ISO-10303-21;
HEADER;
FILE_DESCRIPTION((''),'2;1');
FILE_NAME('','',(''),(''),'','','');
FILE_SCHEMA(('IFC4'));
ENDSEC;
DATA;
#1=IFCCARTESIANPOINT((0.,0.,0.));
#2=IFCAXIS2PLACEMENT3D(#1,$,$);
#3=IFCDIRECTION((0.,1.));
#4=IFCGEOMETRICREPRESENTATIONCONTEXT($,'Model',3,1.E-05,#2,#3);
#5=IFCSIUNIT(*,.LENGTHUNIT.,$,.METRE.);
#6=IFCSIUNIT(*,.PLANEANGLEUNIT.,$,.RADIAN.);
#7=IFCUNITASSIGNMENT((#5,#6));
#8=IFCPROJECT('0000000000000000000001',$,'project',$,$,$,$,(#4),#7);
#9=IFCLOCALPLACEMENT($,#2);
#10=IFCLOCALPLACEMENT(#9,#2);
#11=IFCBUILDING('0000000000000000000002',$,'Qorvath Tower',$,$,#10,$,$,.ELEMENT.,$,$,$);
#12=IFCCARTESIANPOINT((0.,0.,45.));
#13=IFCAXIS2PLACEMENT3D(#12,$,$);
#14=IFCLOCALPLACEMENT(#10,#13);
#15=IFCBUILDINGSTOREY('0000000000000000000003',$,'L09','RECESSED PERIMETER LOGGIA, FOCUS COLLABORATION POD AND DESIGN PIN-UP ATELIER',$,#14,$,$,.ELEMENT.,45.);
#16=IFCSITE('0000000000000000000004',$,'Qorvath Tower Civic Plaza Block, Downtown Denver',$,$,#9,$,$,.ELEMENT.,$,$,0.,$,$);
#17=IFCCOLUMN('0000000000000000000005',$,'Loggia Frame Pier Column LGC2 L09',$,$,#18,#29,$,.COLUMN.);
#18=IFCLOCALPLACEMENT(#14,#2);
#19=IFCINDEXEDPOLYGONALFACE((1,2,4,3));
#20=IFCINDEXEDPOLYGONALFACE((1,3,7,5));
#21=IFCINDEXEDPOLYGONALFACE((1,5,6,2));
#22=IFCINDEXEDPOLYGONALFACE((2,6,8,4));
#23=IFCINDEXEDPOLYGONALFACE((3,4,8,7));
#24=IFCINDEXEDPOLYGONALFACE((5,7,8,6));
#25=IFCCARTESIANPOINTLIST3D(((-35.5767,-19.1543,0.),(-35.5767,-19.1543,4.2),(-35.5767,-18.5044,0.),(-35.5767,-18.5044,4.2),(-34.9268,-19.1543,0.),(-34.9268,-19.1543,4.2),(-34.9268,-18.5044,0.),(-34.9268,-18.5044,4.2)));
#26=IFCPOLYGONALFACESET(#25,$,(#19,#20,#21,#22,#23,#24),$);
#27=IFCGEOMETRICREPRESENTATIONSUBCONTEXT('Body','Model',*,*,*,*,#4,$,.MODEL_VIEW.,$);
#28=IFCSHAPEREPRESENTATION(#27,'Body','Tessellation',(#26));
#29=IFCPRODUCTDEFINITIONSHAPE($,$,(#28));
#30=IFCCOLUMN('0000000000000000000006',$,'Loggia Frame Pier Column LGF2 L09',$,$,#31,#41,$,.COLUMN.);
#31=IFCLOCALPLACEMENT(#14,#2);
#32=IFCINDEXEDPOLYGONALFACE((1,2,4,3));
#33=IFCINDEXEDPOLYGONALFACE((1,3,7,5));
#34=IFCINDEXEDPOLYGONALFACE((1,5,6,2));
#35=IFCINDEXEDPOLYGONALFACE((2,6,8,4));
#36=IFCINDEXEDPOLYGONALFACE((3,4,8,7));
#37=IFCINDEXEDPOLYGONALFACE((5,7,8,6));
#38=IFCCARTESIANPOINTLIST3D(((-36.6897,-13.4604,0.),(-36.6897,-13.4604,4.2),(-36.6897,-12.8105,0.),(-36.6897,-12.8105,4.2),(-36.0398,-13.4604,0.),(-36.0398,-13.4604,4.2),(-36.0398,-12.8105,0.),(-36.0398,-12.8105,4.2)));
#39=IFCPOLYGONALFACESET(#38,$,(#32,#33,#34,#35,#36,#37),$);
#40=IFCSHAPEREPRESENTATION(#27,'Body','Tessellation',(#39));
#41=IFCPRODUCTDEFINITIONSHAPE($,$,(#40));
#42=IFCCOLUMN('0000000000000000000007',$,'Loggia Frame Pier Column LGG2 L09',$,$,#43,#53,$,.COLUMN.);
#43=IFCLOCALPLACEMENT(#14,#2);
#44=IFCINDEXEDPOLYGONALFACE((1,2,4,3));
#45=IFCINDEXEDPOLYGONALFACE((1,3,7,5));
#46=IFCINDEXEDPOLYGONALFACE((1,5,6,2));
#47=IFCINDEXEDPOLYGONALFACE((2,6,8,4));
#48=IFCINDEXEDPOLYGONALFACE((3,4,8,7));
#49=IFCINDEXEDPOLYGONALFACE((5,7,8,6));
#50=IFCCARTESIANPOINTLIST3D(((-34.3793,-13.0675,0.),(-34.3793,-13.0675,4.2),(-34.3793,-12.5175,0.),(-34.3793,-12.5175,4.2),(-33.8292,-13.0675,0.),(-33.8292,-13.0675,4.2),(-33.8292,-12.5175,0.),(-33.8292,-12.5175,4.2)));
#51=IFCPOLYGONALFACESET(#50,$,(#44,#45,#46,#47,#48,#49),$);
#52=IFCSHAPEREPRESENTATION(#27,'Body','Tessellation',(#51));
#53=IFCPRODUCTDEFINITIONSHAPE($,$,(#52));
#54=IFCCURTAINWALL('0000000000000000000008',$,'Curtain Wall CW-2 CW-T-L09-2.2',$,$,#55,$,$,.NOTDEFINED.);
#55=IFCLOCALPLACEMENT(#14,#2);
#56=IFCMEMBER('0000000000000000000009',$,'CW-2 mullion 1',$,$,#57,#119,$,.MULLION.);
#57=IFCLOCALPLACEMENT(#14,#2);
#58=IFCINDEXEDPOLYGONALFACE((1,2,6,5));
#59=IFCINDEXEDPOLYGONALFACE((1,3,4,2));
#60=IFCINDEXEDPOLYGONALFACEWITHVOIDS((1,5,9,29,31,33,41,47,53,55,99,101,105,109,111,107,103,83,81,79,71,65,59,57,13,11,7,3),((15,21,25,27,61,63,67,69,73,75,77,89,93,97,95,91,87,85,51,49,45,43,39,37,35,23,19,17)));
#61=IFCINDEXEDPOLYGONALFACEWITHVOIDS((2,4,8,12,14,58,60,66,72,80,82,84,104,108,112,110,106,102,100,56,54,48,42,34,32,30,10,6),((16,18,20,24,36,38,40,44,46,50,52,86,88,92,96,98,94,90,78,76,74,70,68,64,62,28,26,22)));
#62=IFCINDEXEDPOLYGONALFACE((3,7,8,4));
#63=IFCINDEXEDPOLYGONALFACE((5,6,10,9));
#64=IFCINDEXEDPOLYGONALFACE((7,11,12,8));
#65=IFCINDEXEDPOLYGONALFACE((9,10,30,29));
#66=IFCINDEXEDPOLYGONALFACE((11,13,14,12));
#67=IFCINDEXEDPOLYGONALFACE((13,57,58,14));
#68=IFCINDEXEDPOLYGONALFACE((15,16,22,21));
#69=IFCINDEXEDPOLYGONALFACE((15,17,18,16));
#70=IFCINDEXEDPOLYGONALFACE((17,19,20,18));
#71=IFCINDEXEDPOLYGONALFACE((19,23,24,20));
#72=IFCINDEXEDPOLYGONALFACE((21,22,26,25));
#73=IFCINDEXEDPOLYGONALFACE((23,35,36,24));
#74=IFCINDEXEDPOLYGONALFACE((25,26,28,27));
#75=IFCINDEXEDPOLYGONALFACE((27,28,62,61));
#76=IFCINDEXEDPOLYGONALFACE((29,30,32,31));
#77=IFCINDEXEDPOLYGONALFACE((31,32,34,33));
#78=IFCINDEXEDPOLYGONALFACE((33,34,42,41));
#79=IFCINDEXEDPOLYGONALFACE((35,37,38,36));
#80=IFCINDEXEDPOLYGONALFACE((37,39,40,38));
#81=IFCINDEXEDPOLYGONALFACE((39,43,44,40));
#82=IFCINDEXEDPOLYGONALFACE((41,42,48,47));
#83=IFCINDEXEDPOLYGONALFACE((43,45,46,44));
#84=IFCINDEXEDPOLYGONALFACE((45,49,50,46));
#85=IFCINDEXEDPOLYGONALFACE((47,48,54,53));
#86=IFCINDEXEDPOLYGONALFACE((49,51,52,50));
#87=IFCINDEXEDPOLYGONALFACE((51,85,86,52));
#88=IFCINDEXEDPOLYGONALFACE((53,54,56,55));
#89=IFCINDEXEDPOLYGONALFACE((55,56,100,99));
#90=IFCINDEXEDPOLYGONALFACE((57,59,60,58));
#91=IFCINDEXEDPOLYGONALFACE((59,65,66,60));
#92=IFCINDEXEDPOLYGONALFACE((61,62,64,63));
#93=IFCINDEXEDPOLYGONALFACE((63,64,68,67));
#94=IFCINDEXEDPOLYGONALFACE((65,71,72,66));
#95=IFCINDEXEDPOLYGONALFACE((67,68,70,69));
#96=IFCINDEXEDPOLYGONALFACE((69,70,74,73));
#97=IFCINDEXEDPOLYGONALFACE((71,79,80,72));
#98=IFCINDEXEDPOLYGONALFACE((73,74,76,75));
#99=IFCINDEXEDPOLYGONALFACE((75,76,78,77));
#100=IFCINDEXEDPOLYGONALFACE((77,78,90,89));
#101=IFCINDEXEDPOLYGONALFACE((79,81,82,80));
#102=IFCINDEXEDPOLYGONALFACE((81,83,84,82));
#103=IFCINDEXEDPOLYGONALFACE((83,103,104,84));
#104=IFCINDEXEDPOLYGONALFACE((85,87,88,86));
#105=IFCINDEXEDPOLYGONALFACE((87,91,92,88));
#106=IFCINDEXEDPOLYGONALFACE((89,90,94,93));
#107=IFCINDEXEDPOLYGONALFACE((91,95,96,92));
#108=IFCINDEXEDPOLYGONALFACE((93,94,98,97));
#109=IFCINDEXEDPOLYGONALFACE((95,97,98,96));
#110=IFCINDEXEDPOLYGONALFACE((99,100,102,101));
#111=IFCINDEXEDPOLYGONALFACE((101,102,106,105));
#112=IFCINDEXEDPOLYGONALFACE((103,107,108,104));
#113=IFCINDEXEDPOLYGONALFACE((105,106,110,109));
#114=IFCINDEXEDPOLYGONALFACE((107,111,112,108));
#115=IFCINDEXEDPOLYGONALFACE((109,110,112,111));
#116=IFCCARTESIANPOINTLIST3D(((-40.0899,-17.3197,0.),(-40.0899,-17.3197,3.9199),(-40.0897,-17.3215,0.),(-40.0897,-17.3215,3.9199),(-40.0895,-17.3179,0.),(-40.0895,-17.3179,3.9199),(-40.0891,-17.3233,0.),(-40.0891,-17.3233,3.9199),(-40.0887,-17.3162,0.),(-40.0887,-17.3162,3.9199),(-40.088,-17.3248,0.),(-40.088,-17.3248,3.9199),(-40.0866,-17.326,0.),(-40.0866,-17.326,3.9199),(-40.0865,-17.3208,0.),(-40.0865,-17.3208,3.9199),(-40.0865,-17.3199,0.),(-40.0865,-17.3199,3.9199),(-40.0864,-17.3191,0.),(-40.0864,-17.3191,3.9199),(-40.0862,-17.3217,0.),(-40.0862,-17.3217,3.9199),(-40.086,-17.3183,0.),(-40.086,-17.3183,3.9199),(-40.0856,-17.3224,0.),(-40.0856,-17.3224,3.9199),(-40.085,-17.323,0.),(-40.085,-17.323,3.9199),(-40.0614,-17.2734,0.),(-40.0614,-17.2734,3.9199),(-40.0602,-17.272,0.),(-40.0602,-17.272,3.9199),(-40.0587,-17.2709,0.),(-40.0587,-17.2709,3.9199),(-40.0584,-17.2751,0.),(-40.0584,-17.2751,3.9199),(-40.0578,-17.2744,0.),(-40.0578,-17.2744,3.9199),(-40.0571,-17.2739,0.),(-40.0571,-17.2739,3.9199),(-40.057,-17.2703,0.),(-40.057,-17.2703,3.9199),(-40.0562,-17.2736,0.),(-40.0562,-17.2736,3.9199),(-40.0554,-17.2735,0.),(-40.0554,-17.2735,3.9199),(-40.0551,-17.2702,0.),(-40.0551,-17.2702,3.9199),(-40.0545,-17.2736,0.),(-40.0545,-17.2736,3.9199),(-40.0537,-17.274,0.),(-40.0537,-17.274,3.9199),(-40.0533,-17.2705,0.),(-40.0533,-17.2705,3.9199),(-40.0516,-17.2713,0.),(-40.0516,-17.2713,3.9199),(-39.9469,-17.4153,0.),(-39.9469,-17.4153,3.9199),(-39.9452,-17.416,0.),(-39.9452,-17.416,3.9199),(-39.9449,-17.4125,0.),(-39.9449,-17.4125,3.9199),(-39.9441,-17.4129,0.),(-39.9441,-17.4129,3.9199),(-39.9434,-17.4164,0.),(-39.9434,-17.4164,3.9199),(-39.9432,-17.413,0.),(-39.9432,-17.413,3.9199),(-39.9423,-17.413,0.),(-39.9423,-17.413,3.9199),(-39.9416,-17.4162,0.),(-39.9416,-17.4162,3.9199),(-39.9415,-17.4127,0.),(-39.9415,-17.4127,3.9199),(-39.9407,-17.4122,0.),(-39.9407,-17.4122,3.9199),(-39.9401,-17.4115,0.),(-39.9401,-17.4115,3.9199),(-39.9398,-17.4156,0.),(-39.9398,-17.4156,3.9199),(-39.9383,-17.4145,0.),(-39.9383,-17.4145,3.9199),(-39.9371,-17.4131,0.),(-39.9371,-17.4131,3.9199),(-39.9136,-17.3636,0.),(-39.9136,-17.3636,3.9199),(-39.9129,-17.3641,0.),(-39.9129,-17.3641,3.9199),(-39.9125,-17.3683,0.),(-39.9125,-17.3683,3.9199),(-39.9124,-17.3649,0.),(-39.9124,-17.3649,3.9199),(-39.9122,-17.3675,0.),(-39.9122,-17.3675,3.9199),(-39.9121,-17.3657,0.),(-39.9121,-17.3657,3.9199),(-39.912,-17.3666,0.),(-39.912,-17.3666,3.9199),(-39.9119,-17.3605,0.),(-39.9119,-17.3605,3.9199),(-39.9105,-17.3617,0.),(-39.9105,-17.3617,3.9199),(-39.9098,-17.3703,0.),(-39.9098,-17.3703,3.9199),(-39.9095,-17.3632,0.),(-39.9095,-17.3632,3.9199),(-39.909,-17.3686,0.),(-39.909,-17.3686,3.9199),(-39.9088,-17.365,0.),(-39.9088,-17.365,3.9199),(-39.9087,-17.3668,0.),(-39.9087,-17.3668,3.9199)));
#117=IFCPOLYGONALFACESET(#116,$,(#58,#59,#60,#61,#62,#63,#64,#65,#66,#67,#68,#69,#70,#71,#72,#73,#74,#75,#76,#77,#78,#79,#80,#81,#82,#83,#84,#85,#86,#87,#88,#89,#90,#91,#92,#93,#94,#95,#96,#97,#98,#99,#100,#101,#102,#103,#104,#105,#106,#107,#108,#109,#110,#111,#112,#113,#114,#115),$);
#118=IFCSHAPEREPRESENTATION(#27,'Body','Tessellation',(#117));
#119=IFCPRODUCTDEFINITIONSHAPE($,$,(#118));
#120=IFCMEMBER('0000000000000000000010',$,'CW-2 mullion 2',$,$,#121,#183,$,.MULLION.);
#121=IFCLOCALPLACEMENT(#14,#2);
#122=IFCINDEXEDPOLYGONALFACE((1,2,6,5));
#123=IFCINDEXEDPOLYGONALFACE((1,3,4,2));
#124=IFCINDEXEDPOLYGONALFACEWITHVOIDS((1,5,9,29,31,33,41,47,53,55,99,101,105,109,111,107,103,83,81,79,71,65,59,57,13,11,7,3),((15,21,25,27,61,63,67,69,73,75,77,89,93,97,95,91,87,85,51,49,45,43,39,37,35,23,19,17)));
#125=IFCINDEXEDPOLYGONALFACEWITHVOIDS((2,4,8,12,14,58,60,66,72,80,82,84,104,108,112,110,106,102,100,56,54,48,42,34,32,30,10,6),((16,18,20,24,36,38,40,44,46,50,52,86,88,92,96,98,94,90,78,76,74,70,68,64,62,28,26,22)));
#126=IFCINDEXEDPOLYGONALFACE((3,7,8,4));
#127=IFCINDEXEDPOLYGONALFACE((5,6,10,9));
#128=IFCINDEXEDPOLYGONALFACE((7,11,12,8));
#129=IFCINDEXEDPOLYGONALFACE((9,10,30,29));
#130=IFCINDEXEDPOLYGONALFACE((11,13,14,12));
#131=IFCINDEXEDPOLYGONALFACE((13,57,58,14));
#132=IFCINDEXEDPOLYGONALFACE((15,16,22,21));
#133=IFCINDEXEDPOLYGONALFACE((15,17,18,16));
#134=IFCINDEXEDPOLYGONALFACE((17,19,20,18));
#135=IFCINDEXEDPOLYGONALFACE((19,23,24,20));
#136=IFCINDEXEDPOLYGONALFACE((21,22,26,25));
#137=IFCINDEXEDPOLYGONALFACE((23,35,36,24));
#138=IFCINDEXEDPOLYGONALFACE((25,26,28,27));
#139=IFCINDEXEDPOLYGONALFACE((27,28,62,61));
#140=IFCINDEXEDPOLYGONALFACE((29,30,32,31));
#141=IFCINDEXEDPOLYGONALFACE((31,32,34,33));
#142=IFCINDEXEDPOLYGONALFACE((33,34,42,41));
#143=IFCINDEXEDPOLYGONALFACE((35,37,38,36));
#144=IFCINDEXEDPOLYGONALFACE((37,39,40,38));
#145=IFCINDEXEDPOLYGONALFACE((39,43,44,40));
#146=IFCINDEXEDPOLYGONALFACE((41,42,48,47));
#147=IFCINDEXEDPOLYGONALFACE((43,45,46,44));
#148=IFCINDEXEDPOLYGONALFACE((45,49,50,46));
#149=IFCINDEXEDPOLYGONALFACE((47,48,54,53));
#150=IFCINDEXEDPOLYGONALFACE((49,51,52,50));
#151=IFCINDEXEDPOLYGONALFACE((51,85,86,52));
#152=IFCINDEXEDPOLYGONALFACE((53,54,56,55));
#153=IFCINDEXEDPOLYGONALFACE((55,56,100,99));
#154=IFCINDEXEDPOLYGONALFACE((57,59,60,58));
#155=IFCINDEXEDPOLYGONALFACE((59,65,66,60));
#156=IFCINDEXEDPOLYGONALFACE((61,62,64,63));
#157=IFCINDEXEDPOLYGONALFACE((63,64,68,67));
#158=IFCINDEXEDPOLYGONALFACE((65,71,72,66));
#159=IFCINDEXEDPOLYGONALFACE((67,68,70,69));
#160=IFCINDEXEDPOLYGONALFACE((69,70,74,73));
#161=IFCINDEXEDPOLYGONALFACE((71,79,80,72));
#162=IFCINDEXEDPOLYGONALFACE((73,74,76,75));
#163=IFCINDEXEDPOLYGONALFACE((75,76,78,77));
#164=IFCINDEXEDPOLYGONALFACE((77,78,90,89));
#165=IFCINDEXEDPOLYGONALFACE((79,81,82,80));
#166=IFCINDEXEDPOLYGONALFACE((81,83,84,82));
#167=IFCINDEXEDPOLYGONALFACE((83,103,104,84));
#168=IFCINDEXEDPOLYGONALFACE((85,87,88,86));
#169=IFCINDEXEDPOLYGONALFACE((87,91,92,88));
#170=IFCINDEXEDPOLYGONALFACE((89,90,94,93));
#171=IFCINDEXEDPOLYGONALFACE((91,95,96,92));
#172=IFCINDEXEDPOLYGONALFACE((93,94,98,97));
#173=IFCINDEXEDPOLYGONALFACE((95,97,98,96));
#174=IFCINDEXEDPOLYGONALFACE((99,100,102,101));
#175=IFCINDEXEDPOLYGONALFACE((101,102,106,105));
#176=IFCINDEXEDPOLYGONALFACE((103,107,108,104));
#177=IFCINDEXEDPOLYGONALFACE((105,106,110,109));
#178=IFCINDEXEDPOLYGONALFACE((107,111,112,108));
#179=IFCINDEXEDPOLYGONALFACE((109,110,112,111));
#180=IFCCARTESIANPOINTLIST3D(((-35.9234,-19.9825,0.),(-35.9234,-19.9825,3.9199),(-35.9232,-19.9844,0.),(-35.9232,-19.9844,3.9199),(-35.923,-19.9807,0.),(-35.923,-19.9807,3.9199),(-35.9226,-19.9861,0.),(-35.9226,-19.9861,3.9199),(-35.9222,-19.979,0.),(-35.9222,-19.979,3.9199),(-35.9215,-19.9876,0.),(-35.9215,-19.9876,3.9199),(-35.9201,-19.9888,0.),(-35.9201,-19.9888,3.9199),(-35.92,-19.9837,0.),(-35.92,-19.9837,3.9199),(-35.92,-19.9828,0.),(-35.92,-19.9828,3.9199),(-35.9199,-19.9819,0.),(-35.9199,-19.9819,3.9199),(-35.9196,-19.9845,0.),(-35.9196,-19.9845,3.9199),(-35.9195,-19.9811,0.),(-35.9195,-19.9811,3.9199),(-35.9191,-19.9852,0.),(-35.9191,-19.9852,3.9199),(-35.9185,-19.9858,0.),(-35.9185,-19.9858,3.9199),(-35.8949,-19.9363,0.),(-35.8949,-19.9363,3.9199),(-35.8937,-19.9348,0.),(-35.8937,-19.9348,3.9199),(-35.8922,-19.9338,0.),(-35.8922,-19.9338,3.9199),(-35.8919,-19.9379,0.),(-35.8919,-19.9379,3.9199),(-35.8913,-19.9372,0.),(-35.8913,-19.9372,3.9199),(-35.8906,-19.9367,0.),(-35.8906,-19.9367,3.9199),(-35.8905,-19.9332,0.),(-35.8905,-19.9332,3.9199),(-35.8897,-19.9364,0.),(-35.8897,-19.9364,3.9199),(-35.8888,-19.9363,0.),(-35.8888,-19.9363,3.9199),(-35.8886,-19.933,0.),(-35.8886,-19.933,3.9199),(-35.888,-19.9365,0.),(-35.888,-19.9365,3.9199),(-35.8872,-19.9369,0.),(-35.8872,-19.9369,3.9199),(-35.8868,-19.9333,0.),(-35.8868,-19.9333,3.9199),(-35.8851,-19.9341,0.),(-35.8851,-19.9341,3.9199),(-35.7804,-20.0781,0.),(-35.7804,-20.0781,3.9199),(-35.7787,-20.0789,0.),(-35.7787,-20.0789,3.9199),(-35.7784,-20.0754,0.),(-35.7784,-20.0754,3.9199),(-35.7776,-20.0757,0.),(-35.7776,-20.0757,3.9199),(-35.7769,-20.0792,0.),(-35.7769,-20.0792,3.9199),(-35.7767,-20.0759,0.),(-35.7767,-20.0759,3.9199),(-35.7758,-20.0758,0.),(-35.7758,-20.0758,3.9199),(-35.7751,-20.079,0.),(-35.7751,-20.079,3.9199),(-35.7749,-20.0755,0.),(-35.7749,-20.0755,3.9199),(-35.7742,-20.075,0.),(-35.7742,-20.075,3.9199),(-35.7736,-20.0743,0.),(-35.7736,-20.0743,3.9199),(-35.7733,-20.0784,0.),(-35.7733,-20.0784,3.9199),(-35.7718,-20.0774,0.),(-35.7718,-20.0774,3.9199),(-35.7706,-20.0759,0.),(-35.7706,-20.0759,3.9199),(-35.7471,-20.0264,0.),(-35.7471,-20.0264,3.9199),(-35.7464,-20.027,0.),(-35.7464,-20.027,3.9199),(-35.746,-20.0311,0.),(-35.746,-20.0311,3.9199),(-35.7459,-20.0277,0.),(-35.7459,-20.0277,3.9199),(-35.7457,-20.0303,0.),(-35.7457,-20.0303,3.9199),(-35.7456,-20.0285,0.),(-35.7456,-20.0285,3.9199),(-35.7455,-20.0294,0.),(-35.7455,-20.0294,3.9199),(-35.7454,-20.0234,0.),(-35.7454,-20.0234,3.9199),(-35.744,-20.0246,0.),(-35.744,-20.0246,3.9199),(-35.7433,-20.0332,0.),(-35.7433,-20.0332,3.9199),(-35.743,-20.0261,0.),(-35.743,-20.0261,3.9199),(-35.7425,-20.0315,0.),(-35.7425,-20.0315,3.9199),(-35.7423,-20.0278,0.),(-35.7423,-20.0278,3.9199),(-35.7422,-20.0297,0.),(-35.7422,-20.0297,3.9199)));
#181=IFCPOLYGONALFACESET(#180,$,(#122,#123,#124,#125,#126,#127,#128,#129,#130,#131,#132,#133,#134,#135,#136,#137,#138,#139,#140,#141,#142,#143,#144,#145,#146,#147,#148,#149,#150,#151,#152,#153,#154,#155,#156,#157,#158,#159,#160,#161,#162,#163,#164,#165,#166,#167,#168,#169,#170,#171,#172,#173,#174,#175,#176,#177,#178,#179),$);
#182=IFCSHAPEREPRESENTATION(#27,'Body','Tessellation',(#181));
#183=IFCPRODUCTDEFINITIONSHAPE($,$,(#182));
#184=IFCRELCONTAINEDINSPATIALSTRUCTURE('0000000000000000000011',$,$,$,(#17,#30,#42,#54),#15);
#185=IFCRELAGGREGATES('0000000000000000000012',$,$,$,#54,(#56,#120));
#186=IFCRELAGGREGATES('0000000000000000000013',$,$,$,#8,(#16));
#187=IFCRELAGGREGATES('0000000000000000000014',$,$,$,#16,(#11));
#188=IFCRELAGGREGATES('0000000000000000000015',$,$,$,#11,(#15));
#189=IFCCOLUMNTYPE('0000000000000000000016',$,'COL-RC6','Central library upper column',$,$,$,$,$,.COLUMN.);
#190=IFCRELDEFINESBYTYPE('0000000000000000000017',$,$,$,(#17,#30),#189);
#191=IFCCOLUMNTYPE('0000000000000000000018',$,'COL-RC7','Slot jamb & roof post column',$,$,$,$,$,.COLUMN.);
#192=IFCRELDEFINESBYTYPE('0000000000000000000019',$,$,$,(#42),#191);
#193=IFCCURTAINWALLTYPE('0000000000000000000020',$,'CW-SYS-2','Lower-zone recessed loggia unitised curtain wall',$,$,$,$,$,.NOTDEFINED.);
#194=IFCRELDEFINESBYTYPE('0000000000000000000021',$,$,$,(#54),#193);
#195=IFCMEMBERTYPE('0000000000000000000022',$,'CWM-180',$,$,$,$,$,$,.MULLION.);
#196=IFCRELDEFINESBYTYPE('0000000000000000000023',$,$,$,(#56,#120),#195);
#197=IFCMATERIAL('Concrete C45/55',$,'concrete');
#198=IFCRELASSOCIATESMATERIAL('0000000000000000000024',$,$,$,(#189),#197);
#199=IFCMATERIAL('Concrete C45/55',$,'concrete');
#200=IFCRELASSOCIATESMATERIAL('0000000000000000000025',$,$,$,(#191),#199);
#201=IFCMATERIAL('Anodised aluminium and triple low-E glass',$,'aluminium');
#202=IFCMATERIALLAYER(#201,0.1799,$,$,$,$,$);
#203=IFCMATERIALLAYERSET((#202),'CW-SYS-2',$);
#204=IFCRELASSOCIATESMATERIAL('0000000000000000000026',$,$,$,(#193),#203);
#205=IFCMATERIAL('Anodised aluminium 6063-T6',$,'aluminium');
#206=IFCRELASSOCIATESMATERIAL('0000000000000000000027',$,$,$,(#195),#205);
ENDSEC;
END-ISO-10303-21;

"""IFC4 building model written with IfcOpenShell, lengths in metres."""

from ifc_helpers import new_model, si_unit, direction, frame, origin, origin_2d, place, context, subcontext, project, spatial, rectangle, hollow_rectangle, extrude, material, layer, layer_set, material_profile, profile_set, type_object, element, aggregate, save


model = new_model("IFC4")

# Units and contexts
model_context = context("Model", 3, precision=1e-05, world=origin(), true_north=direction((0.0, 1.0)))
body_context = subcontext(model_context, "Body", "Model", "MODEL_VIEW")
ifc_project = project(units=[si_unit("LENGTHUNIT", "METRE"), si_unit("PLANEANGLEUNIT", "RADIAN")], contexts=[model_context])

# Site, building, storey
site_placement = place(None, origin())
site = spatial("IfcSite", under=ifc_project, at=site_placement, Name="Qorvath Tower Civic Plaza Block, Downtown Denver", CompositionType="ELEMENT", RefElevation=0.0)
building_placement = place(site_placement, origin())
building = spatial("IfcBuilding", under=site, at=building_placement, Name="Qorvath Tower", CompositionType="ELEMENT")
storey_placement = place(building_placement, frame((0.0, 0.0, 45.0)))
storey = spatial("IfcBuildingStorey", under=building, at=storey_placement, Name="L09", Description="RECESSED PERIMETER LOGGIA, FOCUS COLLABORATION POD AND DESIGN PIN-UP ATELIER", CompositionType="ELEMENT", Elevation=45.0)

# Columns
ifc_material_1 = material(Name="Concrete C45/55", Category="concrete")
ifc_material_profile_1 = material_profile(ifc_material_1, rectangle(XDim=0.6499, YDim=0.6499, at=origin_2d()), Name="RC 650x650")
ifc_profile_set_1 = profile_set([ifc_material_profile_1], Name="Concrete C45/55")
column_type_1 = type_object("IfcColumnType", Name="COL-RC6", Description="Central library upper column", PredefinedType="COLUMN", material=ifc_profile_set_1)
for number, where, z_axis, x_axis, name in (
    (1, (-35.2517, -18.8293, 0.0), (0.0, 0.0, 1.0), (1.0, 0.0, 0.0), "Loggia Frame Pier Column LGC2 L09"),
    (2, (-36.3647, -13.1355, 0.0), (0.0, 0.0, 1.0), (1.0, 0.0, 0.0), "Loggia Frame Pier Column LGF2 L09"),
):
    element("IfcColumn", number, at=place(storey_placement, frame(where, z_axis=z_axis, x_axis=x_axis)), inside=storey, type_object=column_type_1, Name=name, PredefinedType="COLUMN", context=body_context, shape_type="SweptSolid", body=[
        extrude(rectangle(XDim=0.6499, YDim=0.6499, at=origin_2d()), origin(), (0.0, 0.0, 1.0), 4.2),
    ])
ifc_material_2 = material(Name="Concrete C45/55", Category="concrete")
ifc_material_profile_2 = material_profile(ifc_material_2, rectangle(XDim=0.55, YDim=0.55, at=origin_2d()), Name="RC 550x550")
ifc_profile_set_2 = profile_set([ifc_material_profile_2], Name="Concrete C45/55")
column_type_2 = type_object("IfcColumnType", Name="COL-RC7", Description="Slot jamb & roof post column", PredefinedType="COLUMN", material=ifc_profile_set_2)
column_placement = place(storey_placement, frame((-34.1042, -12.7925, 0.0), z_axis=(0.0, 0.0, 1.0), x_axis=(1.0, 0.0, 0.0)))
element("IfcColumn", 3, at=column_placement, inside=storey, type_object=column_type_2, Name="Loggia Frame Pier Column LGG2 L09", PredefinedType="COLUMN", context=body_context, shape_type="SweptSolid", body=[
    extrude(rectangle(XDim=0.55, YDim=0.55, at=origin_2d()), origin(), (0.0, 0.0, 1.0), 4.2),
])

# Curtain wall, members
ifc_material_3 = material(Name="Anodised aluminium and triple low-E glass", Category="aluminium")
ifc_layer_1 = layer(ifc_material_3, 0.1799)
ifc_layer_set_1 = layer_set([ifc_layer_1], Name="CW-SYS-2")
curtain_wall_type = type_object("IfcCurtainWallType", Name="CW-SYS-2", Description="Lower-zone recessed loggia unitised curtain wall", PredefinedType="NOTDEFINED", material=ifc_layer_set_1)
curtain_wall_placement = place(storey_placement, origin())
curtain_wall = element("IfcCurtainWall", 4, at=curtain_wall_placement, inside=storey, type_object=curtain_wall_type, Name="Curtain Wall CW-2 CW-T-L09-2.2", PredefinedType="NOTDEFINED")
ifc_material_4 = material(Name="Anodised aluminium 6063-T6", Category="aluminium")
ifc_material_profile_3 = material_profile(ifc_material_4, hollow_rectangle(XDim=0.0649, YDim=0.1799, WallThickness=0.0034, InnerFilletRadius=0.0034, OuterFilletRadius=0.0071, at=origin_2d()), Name="CWM 180x65")
ifc_profile_set_3 = profile_set([ifc_material_profile_3], Name="Anodised aluminium 6063-T6")
member_type_1 = type_object("IfcMemberType", Name="CWM-180", PredefinedType="MULLION", material=ifc_profile_set_3)
member_1_placement = place(storey_placement, frame((-39.9993, -17.3433, 0.0), z_axis=(0.0, 0.0, 1.0), x_axis=(0.538537, 0.842602, 0.0)))
member_1 = element("IfcMember", 5, at=member_1_placement, type_object=member_type_1, Name="CW-2 mullion 1", PredefinedType="MULLION", context=body_context, shape_type="SweptSolid", body=[
    extrude(hollow_rectangle(XDim=0.0649, YDim=0.1799, WallThickness=0.0034, InnerFilletRadius=0.0034, OuterFilletRadius=0.0071, at=origin_2d()), origin(), (0.0, 0.0, 1.0), 3.9199),
])
member_2_placement = place(storey_placement, frame((-35.8328, -20.0061, 0.0), z_axis=(0.0, 0.0, 1.0), x_axis=(0.538537, 0.842602, 0.0)))
member_2 = element("IfcMember", 6, at=member_2_placement, type_object=member_type_1, Name="CW-2 mullion 2", PredefinedType="MULLION", context=body_context, shape_type="SweptSolid", body=[
    extrude(hollow_rectangle(XDim=0.0649, YDim=0.1799, WallThickness=0.0034, InnerFilletRadius=0.0034, OuterFilletRadius=0.0071, at=origin_2d()), origin(), (0.0, 0.0, 1.0), 3.9199),
])
aggregate(curtain_wall, [member_1, member_2])

save(model, "model.ifc")
